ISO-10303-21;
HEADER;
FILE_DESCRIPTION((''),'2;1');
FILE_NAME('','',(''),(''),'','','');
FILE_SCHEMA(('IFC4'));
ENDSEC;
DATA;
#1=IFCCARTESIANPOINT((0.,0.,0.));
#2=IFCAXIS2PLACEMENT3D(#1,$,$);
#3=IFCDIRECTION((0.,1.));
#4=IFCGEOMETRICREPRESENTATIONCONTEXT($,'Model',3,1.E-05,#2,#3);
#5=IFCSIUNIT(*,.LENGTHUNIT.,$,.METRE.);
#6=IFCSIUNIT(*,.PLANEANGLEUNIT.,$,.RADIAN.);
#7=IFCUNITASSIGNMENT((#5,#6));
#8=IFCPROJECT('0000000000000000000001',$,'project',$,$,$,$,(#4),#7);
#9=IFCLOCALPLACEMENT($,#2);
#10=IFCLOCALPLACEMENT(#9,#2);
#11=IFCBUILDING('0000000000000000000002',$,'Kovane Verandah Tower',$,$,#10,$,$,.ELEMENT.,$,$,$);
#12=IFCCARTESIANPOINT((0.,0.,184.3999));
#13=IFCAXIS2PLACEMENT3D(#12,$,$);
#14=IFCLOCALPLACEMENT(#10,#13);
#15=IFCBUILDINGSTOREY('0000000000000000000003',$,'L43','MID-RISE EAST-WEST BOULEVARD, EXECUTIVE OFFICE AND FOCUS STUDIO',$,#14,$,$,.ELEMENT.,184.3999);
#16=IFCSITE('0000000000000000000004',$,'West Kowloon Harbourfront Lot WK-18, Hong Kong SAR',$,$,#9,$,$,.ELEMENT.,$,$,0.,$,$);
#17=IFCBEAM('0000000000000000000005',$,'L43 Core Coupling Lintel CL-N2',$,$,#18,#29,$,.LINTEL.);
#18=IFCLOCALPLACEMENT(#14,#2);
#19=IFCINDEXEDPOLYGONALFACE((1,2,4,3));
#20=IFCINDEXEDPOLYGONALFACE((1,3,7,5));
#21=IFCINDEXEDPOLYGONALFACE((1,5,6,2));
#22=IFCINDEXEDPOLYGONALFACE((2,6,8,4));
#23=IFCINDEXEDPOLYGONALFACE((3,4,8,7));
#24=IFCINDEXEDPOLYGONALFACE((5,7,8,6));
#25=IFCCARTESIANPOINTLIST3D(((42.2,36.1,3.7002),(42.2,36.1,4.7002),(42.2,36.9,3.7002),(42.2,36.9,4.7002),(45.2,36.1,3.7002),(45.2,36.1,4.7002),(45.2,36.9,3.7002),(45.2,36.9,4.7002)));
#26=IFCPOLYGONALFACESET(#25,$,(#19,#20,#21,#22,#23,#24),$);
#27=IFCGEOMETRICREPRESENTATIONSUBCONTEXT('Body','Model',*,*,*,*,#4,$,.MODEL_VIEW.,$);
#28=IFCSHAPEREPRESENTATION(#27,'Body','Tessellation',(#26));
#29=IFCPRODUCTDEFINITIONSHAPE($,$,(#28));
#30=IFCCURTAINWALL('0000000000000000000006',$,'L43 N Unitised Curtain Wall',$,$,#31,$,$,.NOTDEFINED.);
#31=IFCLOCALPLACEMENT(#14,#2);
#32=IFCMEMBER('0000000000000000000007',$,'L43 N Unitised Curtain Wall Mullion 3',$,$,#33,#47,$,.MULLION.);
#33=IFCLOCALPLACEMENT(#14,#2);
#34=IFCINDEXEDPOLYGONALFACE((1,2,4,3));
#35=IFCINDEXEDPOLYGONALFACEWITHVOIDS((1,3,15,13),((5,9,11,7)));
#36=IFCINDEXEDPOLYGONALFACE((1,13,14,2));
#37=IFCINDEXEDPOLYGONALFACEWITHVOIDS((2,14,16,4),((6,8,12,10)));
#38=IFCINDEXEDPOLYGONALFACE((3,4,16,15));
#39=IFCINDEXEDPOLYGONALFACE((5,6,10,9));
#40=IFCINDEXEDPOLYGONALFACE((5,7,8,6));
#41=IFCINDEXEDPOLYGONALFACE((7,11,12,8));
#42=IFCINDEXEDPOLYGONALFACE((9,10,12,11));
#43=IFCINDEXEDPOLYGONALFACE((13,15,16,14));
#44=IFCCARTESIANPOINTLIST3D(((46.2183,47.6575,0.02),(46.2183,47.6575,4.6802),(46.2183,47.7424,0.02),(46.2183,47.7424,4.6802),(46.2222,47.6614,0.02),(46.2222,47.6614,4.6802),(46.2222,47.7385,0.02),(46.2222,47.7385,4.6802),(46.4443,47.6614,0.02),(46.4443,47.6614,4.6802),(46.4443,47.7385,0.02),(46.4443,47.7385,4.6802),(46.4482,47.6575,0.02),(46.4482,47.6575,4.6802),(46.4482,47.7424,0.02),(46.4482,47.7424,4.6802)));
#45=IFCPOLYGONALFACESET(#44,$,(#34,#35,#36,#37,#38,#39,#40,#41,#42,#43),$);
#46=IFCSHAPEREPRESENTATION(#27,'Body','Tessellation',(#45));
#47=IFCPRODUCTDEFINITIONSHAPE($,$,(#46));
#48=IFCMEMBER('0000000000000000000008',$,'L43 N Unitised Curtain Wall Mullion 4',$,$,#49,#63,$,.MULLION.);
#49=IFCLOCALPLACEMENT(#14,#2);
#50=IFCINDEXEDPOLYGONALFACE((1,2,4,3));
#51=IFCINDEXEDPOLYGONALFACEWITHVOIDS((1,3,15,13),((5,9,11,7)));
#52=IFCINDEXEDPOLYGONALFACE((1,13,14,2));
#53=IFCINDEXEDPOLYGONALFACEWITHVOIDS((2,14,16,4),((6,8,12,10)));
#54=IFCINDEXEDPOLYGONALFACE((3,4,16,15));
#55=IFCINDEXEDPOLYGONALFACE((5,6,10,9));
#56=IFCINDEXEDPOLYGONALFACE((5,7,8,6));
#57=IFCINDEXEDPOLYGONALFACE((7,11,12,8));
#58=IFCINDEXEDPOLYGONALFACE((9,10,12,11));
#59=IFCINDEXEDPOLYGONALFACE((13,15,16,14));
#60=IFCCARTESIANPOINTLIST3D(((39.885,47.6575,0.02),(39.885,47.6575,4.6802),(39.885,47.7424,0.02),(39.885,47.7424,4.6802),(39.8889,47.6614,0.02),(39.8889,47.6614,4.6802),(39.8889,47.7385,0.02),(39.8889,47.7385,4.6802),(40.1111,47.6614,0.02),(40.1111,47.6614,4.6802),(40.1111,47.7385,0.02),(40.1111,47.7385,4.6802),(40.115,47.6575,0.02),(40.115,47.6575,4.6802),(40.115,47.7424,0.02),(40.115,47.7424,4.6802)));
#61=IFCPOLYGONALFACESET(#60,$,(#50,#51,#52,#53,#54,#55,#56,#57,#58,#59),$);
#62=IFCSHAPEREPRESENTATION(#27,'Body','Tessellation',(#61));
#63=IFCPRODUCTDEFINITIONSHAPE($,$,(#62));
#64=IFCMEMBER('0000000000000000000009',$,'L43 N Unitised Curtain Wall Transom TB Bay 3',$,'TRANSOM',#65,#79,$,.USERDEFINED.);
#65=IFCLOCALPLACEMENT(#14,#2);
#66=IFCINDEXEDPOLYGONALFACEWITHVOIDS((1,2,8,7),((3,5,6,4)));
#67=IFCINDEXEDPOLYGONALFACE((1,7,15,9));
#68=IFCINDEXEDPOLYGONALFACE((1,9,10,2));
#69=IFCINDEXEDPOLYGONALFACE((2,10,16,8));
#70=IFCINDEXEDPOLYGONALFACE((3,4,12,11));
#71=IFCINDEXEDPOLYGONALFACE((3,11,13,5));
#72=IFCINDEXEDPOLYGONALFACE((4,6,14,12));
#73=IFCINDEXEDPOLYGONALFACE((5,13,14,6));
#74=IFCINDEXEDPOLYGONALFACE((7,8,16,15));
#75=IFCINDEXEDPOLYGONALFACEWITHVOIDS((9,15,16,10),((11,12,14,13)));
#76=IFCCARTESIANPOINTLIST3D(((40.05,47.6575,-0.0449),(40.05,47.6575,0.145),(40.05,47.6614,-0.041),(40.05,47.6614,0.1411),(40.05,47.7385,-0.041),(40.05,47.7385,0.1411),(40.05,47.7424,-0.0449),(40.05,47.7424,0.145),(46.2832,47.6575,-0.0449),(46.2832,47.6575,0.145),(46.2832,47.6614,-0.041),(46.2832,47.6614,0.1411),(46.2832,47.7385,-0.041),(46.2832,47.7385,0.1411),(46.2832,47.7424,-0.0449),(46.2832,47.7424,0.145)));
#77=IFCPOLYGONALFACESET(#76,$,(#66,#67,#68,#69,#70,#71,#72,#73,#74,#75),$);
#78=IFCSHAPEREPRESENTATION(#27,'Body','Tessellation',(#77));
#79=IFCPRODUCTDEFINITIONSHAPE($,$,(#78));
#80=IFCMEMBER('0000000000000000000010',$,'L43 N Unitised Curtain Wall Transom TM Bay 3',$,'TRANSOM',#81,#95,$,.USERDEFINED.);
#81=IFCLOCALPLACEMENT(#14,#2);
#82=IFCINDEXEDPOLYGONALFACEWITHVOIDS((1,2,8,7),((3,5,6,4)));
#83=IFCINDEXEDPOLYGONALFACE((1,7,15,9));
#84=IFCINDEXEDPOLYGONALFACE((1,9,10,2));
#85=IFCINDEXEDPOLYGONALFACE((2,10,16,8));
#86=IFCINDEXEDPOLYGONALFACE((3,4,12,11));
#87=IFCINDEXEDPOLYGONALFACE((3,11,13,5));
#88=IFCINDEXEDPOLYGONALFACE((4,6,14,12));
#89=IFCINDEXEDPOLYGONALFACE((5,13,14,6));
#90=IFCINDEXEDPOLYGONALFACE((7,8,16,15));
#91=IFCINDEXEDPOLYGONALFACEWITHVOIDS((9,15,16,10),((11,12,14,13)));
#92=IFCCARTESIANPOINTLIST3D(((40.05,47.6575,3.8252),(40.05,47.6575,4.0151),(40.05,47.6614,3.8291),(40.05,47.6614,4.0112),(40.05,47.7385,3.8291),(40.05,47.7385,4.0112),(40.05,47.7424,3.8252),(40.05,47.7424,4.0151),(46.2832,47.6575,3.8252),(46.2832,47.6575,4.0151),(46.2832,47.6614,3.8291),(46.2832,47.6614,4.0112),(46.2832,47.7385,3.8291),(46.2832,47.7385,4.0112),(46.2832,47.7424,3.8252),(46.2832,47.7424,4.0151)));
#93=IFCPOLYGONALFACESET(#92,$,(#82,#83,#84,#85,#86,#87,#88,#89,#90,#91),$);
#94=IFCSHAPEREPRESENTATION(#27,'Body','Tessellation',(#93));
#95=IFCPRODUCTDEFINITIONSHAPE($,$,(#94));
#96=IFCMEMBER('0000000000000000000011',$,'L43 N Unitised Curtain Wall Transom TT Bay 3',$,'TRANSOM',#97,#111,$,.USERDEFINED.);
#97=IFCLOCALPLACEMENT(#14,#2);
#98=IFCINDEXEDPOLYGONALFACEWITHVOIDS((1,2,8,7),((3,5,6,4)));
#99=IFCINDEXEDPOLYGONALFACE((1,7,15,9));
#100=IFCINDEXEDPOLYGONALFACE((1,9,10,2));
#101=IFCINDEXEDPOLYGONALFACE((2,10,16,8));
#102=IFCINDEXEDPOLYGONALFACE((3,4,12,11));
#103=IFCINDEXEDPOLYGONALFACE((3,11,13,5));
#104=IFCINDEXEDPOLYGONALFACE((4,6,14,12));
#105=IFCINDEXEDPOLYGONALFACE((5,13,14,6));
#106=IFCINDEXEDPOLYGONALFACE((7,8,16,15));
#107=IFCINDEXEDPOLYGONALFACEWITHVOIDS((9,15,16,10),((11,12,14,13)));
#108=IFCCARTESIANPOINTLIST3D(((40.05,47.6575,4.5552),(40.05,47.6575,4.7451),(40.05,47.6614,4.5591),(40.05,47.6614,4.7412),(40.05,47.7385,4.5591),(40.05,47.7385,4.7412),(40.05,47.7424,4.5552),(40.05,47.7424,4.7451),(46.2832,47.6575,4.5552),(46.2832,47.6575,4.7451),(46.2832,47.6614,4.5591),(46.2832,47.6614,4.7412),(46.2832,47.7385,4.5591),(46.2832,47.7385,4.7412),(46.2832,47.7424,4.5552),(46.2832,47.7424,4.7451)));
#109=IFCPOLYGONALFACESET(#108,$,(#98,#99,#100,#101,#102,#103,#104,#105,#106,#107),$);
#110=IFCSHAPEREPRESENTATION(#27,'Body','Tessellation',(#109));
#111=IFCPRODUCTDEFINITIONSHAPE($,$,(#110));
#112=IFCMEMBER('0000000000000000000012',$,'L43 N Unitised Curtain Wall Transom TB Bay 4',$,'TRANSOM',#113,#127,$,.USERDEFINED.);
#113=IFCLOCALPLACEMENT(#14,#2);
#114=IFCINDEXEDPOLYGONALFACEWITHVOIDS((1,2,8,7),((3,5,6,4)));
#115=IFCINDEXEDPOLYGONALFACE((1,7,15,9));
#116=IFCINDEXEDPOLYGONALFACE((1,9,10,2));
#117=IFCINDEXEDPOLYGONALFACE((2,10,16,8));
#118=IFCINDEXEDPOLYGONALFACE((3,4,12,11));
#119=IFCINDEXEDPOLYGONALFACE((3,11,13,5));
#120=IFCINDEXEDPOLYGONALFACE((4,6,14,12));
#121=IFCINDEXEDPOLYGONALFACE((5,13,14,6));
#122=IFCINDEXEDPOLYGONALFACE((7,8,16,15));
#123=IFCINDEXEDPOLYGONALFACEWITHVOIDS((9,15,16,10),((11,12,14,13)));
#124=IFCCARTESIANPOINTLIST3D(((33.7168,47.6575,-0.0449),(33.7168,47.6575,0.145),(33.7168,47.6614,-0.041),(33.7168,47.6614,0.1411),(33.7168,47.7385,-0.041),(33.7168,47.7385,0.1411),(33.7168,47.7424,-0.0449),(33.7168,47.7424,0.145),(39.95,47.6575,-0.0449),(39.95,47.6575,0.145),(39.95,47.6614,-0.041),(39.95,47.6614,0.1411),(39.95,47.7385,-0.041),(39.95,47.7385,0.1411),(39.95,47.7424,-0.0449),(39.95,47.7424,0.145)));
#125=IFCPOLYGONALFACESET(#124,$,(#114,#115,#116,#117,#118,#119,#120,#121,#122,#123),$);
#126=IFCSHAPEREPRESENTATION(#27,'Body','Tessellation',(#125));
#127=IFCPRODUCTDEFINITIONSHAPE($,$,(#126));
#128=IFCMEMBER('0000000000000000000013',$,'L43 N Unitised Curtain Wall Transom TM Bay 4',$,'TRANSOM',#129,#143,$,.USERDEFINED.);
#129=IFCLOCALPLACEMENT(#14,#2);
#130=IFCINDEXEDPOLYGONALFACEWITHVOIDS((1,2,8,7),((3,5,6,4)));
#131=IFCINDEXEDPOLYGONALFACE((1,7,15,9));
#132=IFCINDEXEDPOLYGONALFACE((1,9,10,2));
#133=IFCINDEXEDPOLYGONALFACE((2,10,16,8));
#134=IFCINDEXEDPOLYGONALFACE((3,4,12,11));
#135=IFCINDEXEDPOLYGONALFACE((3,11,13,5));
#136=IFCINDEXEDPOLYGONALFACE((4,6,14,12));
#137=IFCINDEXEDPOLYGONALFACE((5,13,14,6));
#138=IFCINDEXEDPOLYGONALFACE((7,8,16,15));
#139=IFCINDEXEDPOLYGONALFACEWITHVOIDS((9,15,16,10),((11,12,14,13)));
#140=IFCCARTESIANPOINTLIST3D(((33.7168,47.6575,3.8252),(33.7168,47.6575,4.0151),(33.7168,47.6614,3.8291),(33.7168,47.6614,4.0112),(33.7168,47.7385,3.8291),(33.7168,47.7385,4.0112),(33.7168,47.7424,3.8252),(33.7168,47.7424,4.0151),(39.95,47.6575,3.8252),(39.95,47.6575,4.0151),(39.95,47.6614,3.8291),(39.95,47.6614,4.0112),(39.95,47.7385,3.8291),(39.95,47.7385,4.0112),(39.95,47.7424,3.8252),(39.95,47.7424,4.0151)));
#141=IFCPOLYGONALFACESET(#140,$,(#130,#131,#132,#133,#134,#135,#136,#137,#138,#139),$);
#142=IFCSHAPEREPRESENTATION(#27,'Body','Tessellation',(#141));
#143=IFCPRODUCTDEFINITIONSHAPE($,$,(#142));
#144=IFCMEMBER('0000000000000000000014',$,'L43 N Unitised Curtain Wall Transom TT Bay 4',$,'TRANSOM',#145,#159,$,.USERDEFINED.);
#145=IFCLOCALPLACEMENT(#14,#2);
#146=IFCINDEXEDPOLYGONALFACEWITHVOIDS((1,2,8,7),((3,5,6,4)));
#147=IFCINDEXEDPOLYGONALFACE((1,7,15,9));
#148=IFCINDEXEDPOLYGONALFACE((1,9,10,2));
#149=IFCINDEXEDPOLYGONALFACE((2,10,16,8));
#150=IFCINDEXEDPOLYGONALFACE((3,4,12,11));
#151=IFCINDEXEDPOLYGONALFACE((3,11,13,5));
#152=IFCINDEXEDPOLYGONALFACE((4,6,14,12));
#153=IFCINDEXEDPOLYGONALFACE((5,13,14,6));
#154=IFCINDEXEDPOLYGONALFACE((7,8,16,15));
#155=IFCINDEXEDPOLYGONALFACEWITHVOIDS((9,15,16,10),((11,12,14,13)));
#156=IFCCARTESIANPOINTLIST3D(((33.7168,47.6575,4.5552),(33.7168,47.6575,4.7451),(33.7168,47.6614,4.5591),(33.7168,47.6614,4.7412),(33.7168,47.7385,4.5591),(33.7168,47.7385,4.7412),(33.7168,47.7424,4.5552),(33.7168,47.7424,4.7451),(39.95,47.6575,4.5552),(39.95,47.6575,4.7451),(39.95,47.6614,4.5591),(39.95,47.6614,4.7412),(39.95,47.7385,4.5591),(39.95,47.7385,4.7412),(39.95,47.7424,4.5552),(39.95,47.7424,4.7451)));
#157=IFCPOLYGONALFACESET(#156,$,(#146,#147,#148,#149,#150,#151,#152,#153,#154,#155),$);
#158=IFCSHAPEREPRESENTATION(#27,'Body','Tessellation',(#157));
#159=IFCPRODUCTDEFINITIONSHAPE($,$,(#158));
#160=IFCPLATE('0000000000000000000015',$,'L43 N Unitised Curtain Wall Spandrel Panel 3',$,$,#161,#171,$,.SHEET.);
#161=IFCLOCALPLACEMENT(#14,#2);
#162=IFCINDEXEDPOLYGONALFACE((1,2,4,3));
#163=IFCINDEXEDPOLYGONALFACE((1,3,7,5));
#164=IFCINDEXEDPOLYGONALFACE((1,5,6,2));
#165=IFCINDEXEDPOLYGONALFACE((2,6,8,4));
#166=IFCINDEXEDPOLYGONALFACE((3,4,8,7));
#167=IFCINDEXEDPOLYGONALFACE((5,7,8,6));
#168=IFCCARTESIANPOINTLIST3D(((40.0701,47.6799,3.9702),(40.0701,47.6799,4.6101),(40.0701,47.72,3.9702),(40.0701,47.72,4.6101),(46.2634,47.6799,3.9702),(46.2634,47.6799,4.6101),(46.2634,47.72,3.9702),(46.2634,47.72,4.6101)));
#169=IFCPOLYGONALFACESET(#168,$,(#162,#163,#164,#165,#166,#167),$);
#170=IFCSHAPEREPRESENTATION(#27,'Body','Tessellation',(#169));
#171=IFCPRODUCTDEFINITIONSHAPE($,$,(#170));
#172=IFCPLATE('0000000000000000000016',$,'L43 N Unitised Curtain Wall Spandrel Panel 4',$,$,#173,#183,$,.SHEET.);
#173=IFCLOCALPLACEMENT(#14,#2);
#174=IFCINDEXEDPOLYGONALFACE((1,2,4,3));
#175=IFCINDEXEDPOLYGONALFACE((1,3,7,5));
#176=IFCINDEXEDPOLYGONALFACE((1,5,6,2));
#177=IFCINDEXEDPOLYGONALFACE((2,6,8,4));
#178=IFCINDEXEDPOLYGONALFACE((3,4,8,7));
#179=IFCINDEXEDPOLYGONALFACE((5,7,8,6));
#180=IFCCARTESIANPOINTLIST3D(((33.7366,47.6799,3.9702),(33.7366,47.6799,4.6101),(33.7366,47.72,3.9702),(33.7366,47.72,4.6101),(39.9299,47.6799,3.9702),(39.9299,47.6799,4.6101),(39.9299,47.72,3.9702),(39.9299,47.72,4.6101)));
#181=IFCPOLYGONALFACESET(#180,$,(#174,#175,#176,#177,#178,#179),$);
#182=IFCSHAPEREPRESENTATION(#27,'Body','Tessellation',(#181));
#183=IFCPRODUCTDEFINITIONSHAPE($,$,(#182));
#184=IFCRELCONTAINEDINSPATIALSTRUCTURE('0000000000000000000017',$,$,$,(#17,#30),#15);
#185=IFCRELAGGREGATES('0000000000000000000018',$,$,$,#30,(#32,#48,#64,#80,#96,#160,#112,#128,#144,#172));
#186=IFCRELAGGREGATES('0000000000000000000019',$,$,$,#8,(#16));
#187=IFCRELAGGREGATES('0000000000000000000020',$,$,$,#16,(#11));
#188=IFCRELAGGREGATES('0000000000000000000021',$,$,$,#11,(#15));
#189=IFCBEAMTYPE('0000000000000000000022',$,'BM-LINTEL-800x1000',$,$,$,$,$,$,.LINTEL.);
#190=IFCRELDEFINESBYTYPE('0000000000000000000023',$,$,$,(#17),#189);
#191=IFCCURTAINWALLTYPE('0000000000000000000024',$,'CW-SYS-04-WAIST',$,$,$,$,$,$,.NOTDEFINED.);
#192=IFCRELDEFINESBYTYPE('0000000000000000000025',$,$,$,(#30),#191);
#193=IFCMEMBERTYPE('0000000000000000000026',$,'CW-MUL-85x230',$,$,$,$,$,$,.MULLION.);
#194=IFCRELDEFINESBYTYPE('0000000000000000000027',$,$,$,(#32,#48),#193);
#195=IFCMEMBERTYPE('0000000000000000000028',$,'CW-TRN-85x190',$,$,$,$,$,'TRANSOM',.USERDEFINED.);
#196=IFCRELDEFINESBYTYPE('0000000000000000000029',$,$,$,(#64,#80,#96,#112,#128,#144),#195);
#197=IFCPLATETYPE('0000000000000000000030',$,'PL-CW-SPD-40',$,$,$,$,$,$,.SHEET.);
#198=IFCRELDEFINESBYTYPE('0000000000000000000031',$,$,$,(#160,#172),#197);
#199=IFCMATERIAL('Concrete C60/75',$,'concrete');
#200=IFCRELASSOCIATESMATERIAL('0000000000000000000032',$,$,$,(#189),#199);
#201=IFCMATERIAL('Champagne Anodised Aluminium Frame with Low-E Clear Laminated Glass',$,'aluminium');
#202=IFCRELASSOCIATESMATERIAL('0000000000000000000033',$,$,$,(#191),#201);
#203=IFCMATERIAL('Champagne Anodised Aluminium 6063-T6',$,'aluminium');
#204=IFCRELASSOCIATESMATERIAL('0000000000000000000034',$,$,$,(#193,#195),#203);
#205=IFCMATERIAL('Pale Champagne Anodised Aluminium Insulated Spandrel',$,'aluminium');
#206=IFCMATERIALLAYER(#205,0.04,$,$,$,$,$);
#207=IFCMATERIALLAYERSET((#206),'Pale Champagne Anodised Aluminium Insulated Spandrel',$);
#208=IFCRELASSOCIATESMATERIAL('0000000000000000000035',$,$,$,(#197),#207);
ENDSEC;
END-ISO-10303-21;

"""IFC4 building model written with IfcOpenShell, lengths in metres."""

from ifc_helpers import new_model, si_unit, direction, frame, origin, origin_2d, place, context, subcontext, project, spatial, rectangle, hollow_rectangle, extrude, material, layer, layer_set, material_profile, profile_set, type_object, element, aggregate, save


model = new_model("IFC4")

# Units and contexts
model_context = context("Model", 3, precision=1e-05, world=origin(), true_north=direction((0.0, 1.0)))
body_context = subcontext(model_context, "Body", "Model", "MODEL_VIEW")
ifc_project = project(units=[si_unit("LENGTHUNIT", "METRE"), si_unit("PLANEANGLEUNIT", "RADIAN")], contexts=[model_context])

# Site, building, storey
site_placement = place(None, origin())
site = spatial("IfcSite", under=ifc_project, at=site_placement, Name="West Kowloon Harbourfront Lot WK-18, Hong Kong SAR", CompositionType="ELEMENT", RefElevation=0.0)
building_placement = place(site_placement, origin())
building = spatial("IfcBuilding", under=site, at=building_placement, Name="Kovane Verandah Tower", CompositionType="ELEMENT")
storey_placement = place(building_placement, frame((0.0, 0.0, 184.3999)))
storey = spatial("IfcBuildingStorey", under=building, at=storey_placement, Name="L43", Description="MID-RISE EAST-WEST BOULEVARD, EXECUTIVE OFFICE AND FOCUS STUDIO", CompositionType="ELEMENT", Elevation=184.3999)

# Beam
ifc_material_1 = material(Name="Concrete C60/75", Category="concrete")
ifc_material_profile_1 = material_profile(ifc_material_1, rectangle(XDim=0.8, YDim=1.0, at=origin_2d()), Name="RCB800x1000")
ifc_profile_set_1 = profile_set([ifc_material_profile_1], Name="Concrete C60/75")
beam_type = type_object("IfcBeamType", Name="BM-LINTEL-800x1000", PredefinedType="LINTEL", material=ifc_profile_set_1)
beam_placement = place(storey_placement, frame((42.2, 36.5, 4.2002), z_axis=(1.0, 0.0, 0.0), x_axis=(0.0, 1.0, 0.0)))
element("IfcBeam", 1, at=beam_placement, inside=storey, type_object=beam_type, Name="L43 Core Coupling Lintel CL-N2", PredefinedType="LINTEL", context=body_context, shape_type="SweptSolid", body=[
    extrude(rectangle(XDim=0.8, YDim=1.0, at=origin_2d()), origin(), (0.0, 0.0, 1.0), 3.0),
])

# Curtain wall, members, plates
ifc_material_2 = material(Name="Champagne Anodised Aluminium Frame with Low-E Clear Laminated Glass", Category="aluminium")
curtain_wall_type = type_object("IfcCurtainWallType", Name="CW-SYS-04-WAIST", PredefinedType="NOTDEFINED", material=ifc_material_2)
curtain_wall_placement = place(storey_placement, origin())
curtain_wall = element("IfcCurtainWall", 2, at=curtain_wall_placement, inside=storey, type_object=curtain_wall_type, Name="L43 N Unitised Curtain Wall", PredefinedType="NOTDEFINED")
ifc_material_3 = material(Name="Champagne Anodised Aluminium 6063-T6", Category="aluminium")
ifc_material_profile_2 = material_profile(ifc_material_3, hollow_rectangle(XDim=0.085, YDim=0.23, WallThickness=0.0039, at=origin_2d()), Name="AL85x230x4")
ifc_profile_set_2 = profile_set([ifc_material_profile_2], Name="Champagne Anodised Aluminium 6063-T6")
member_type_1 = type_object("IfcMemberType", Name="CW-MUL-85x230", PredefinedType="MULLION", material=ifc_profile_set_2)
member_1_placement = place(storey_placement, frame((46.3333, 47.7, 0.02), z_axis=(0.0, 0.0, 1.0), x_axis=(0.0, 1.0, 0.0)))
member_1 = element("IfcMember", 3, at=member_1_placement, type_object=member_type_1, Name="L43 N Unitised Curtain Wall Mullion 3", PredefinedType="MULLION", context=body_context, shape_type="SweptSolid", body=[
    extrude(hollow_rectangle(XDim=0.085, YDim=0.23, WallThickness=0.0039, at=origin_2d()), origin(), (0.0, 0.0, 1.0), 4.6602),
])
member_2_placement = place(storey_placement, frame((40.0, 47.7, 0.02), z_axis=(0.0, 0.0, 1.0), x_axis=(0.0, 1.0, 0.0)))
member_2 = element("IfcMember", 4, at=member_2_placement, type_object=member_type_1, Name="L43 N Unitised Curtain Wall Mullion 4", PredefinedType="MULLION", context=body_context, shape_type="SweptSolid", body=[
    extrude(hollow_rectangle(XDim=0.085, YDim=0.23, WallThickness=0.0039, at=origin_2d()), origin(), (0.0, 0.0, 1.0), 4.6602),
])
ifc_material_profile_3 = material_profile(ifc_material_3, hollow_rectangle(XDim=0.085, YDim=0.1899, WallThickness=0.0039, at=origin_2d()), Name="AL85x190x4")
ifc_profile_set_3 = profile_set([ifc_material_profile_3], Name="Champagne Anodised Aluminium 6063-T6")
member_type_2 = type_object("IfcMemberType", Name="CW-TRN-85x190", ElementType="TRANSOM", PredefinedType="USERDEFINED", material=ifc_profile_set_3)
member_3_placement = place(storey_placement, frame((46.2832, 47.7, 0.05), z_axis=(-1.0, 0.0, 0.0), x_axis=(0.0, -1.0, 0.0)))
member_3 = element("IfcMember", 5, at=member_3_placement, type_object=member_type_2, Name="L43 N Unitised Curtain Wall Transom TB Bay 3", ObjectType="TRANSOM", PredefinedType="USERDEFINED", context=body_context, shape_type="SweptSolid", body=[
    extrude(hollow_rectangle(XDim=0.085, YDim=0.1899, WallThickness=0.0039, at=origin_2d()), origin(), (0.0, 0.0, 1.0), 6.2332),
])
member_4_placement = place(storey_placement, frame((46.2832, 47.7, 3.9202), z_axis=(-1.0, 0.0, 0.0), x_axis=(0.0, -1.0, 0.0)))
member_4 = element("IfcMember", 6, at=member_4_placement, type_object=member_type_2, Name="L43 N Unitised Curtain Wall Transom TM Bay 3", ObjectType="TRANSOM", PredefinedType="USERDEFINED", context=body_context, shape_type="SweptSolid", body=[
    extrude(hollow_rectangle(XDim=0.085, YDim=0.1899, WallThickness=0.0039, at=origin_2d()), origin(), (0.0, 0.0, 1.0), 6.2332),
])
member_5_placement = place(storey_placement, frame((46.2832, 47.7, 4.6501), z_axis=(-1.0, 0.0, 0.0), x_axis=(0.0, -1.0, 0.0)))
member_5 = element("IfcMember", 7, at=member_5_placement, type_object=member_type_2, Name="L43 N Unitised Curtain Wall Transom TT Bay 3", ObjectType="TRANSOM", PredefinedType="USERDEFINED", context=body_context, shape_type="SweptSolid", body=[
    extrude(hollow_rectangle(XDim=0.085, YDim=0.1899, WallThickness=0.0039, at=origin_2d()), origin(), (0.0, 0.0, 1.0), 6.2332),
])
member_6_placement = place(storey_placement, frame((39.95, 47.7, 0.05), z_axis=(-1.0, 0.0, 0.0), x_axis=(0.0, -1.0, 0.0)))
member_6 = element("IfcMember", 8, at=member_6_placement, type_object=member_type_2, Name="L43 N Unitised Curtain Wall Transom TB Bay 4", ObjectType="TRANSOM", PredefinedType="USERDEFINED", context=body_context, shape_type="SweptSolid", body=[
    extrude(hollow_rectangle(XDim=0.085, YDim=0.1899, WallThickness=0.0039, at=origin_2d()), origin(), (0.0, 0.0, 1.0), 6.2332),
])
member_7_placement = place(storey_placement, frame((39.95, 47.7, 3.9202), z_axis=(-1.0, 0.0, 0.0), x_axis=(0.0, -1.0, 0.0)))
member_7 = element("IfcMember", 9, at=member_7_placement, type_object=member_type_2, Name="L43 N Unitised Curtain Wall Transom TM Bay 4", ObjectType="TRANSOM", PredefinedType="USERDEFINED", context=body_context, shape_type="SweptSolid", body=[
    extrude(hollow_rectangle(XDim=0.085, YDim=0.1899, WallThickness=0.0039, at=origin_2d()), origin(), (0.0, 0.0, 1.0), 6.2332),
])
member_8_placement = place(storey_placement, frame((39.95, 47.7, 4.6501), z_axis=(-1.0, 0.0, 0.0), x_axis=(0.0, -1.0, 0.0)))
member_8 = element("IfcMember", 10, at=member_8_placement, type_object=member_type_2, Name="L43 N Unitised Curtain Wall Transom TT Bay 4", ObjectType="TRANSOM", PredefinedType="USERDEFINED", context=body_context, shape_type="SweptSolid", body=[
    extrude(hollow_rectangle(XDim=0.085, YDim=0.1899, WallThickness=0.0039, at=origin_2d()), origin(), (0.0, 0.0, 1.0), 6.2332),
])
ifc_material_4 = material(Name="Pale Champagne Anodised Aluminium Insulated Spandrel", Category="aluminium")
ifc_layer_1 = layer(ifc_material_4, 0.04)
ifc_layer_set_1 = layer_set([ifc_layer_1], Name="Pale Champagne Anodised Aluminium Insulated Spandrel")
plate_type_1 = type_object("IfcPlateType", Name="PL-CW-SPD-40", PredefinedType="SHEET", material=ifc_layer_set_1)
plate_1_placement = place(storey_placement, frame((43.1667, 47.7, 3.9702), z_axis=(0.0, 0.0, 1.0), x_axis=(-1.0, 0.0, 0.0)))
plate_1 = element("IfcPlate", 11, at=plate_1_placement, type_object=plate_type_1, Name="L43 N Unitised Curtain Wall Spandrel Panel 3", PredefinedType="SHEET", context=body_context, shape_type="SweptSolid", body=[
    extrude(rectangle(XDim=6.1934, YDim=0.04, at=origin_2d()), origin(), (0.0, 0.0, 1.0), 0.6399),
])
plate_2_placement = place(storey_placement, frame((36.8333, 47.7, 3.9702), z_axis=(0.0, 0.0, 1.0), x_axis=(-1.0, 0.0, 0.0)))
plate_2 = element("IfcPlate", 12, at=plate_2_placement, type_object=plate_type_1, Name="L43 N Unitised Curtain Wall Spandrel Panel 4", PredefinedType="SHEET", context=body_context, shape_type="SweptSolid", body=[
    extrude(rectangle(XDim=6.1934, YDim=0.04, at=origin_2d()), origin(), (0.0, 0.0, 1.0), 0.6399),
])
aggregate(curtain_wall, [member_1, member_2, member_3, member_4, member_5, plate_1, member_6, member_7, member_8, plate_2])

save(model, "model.ifc")
